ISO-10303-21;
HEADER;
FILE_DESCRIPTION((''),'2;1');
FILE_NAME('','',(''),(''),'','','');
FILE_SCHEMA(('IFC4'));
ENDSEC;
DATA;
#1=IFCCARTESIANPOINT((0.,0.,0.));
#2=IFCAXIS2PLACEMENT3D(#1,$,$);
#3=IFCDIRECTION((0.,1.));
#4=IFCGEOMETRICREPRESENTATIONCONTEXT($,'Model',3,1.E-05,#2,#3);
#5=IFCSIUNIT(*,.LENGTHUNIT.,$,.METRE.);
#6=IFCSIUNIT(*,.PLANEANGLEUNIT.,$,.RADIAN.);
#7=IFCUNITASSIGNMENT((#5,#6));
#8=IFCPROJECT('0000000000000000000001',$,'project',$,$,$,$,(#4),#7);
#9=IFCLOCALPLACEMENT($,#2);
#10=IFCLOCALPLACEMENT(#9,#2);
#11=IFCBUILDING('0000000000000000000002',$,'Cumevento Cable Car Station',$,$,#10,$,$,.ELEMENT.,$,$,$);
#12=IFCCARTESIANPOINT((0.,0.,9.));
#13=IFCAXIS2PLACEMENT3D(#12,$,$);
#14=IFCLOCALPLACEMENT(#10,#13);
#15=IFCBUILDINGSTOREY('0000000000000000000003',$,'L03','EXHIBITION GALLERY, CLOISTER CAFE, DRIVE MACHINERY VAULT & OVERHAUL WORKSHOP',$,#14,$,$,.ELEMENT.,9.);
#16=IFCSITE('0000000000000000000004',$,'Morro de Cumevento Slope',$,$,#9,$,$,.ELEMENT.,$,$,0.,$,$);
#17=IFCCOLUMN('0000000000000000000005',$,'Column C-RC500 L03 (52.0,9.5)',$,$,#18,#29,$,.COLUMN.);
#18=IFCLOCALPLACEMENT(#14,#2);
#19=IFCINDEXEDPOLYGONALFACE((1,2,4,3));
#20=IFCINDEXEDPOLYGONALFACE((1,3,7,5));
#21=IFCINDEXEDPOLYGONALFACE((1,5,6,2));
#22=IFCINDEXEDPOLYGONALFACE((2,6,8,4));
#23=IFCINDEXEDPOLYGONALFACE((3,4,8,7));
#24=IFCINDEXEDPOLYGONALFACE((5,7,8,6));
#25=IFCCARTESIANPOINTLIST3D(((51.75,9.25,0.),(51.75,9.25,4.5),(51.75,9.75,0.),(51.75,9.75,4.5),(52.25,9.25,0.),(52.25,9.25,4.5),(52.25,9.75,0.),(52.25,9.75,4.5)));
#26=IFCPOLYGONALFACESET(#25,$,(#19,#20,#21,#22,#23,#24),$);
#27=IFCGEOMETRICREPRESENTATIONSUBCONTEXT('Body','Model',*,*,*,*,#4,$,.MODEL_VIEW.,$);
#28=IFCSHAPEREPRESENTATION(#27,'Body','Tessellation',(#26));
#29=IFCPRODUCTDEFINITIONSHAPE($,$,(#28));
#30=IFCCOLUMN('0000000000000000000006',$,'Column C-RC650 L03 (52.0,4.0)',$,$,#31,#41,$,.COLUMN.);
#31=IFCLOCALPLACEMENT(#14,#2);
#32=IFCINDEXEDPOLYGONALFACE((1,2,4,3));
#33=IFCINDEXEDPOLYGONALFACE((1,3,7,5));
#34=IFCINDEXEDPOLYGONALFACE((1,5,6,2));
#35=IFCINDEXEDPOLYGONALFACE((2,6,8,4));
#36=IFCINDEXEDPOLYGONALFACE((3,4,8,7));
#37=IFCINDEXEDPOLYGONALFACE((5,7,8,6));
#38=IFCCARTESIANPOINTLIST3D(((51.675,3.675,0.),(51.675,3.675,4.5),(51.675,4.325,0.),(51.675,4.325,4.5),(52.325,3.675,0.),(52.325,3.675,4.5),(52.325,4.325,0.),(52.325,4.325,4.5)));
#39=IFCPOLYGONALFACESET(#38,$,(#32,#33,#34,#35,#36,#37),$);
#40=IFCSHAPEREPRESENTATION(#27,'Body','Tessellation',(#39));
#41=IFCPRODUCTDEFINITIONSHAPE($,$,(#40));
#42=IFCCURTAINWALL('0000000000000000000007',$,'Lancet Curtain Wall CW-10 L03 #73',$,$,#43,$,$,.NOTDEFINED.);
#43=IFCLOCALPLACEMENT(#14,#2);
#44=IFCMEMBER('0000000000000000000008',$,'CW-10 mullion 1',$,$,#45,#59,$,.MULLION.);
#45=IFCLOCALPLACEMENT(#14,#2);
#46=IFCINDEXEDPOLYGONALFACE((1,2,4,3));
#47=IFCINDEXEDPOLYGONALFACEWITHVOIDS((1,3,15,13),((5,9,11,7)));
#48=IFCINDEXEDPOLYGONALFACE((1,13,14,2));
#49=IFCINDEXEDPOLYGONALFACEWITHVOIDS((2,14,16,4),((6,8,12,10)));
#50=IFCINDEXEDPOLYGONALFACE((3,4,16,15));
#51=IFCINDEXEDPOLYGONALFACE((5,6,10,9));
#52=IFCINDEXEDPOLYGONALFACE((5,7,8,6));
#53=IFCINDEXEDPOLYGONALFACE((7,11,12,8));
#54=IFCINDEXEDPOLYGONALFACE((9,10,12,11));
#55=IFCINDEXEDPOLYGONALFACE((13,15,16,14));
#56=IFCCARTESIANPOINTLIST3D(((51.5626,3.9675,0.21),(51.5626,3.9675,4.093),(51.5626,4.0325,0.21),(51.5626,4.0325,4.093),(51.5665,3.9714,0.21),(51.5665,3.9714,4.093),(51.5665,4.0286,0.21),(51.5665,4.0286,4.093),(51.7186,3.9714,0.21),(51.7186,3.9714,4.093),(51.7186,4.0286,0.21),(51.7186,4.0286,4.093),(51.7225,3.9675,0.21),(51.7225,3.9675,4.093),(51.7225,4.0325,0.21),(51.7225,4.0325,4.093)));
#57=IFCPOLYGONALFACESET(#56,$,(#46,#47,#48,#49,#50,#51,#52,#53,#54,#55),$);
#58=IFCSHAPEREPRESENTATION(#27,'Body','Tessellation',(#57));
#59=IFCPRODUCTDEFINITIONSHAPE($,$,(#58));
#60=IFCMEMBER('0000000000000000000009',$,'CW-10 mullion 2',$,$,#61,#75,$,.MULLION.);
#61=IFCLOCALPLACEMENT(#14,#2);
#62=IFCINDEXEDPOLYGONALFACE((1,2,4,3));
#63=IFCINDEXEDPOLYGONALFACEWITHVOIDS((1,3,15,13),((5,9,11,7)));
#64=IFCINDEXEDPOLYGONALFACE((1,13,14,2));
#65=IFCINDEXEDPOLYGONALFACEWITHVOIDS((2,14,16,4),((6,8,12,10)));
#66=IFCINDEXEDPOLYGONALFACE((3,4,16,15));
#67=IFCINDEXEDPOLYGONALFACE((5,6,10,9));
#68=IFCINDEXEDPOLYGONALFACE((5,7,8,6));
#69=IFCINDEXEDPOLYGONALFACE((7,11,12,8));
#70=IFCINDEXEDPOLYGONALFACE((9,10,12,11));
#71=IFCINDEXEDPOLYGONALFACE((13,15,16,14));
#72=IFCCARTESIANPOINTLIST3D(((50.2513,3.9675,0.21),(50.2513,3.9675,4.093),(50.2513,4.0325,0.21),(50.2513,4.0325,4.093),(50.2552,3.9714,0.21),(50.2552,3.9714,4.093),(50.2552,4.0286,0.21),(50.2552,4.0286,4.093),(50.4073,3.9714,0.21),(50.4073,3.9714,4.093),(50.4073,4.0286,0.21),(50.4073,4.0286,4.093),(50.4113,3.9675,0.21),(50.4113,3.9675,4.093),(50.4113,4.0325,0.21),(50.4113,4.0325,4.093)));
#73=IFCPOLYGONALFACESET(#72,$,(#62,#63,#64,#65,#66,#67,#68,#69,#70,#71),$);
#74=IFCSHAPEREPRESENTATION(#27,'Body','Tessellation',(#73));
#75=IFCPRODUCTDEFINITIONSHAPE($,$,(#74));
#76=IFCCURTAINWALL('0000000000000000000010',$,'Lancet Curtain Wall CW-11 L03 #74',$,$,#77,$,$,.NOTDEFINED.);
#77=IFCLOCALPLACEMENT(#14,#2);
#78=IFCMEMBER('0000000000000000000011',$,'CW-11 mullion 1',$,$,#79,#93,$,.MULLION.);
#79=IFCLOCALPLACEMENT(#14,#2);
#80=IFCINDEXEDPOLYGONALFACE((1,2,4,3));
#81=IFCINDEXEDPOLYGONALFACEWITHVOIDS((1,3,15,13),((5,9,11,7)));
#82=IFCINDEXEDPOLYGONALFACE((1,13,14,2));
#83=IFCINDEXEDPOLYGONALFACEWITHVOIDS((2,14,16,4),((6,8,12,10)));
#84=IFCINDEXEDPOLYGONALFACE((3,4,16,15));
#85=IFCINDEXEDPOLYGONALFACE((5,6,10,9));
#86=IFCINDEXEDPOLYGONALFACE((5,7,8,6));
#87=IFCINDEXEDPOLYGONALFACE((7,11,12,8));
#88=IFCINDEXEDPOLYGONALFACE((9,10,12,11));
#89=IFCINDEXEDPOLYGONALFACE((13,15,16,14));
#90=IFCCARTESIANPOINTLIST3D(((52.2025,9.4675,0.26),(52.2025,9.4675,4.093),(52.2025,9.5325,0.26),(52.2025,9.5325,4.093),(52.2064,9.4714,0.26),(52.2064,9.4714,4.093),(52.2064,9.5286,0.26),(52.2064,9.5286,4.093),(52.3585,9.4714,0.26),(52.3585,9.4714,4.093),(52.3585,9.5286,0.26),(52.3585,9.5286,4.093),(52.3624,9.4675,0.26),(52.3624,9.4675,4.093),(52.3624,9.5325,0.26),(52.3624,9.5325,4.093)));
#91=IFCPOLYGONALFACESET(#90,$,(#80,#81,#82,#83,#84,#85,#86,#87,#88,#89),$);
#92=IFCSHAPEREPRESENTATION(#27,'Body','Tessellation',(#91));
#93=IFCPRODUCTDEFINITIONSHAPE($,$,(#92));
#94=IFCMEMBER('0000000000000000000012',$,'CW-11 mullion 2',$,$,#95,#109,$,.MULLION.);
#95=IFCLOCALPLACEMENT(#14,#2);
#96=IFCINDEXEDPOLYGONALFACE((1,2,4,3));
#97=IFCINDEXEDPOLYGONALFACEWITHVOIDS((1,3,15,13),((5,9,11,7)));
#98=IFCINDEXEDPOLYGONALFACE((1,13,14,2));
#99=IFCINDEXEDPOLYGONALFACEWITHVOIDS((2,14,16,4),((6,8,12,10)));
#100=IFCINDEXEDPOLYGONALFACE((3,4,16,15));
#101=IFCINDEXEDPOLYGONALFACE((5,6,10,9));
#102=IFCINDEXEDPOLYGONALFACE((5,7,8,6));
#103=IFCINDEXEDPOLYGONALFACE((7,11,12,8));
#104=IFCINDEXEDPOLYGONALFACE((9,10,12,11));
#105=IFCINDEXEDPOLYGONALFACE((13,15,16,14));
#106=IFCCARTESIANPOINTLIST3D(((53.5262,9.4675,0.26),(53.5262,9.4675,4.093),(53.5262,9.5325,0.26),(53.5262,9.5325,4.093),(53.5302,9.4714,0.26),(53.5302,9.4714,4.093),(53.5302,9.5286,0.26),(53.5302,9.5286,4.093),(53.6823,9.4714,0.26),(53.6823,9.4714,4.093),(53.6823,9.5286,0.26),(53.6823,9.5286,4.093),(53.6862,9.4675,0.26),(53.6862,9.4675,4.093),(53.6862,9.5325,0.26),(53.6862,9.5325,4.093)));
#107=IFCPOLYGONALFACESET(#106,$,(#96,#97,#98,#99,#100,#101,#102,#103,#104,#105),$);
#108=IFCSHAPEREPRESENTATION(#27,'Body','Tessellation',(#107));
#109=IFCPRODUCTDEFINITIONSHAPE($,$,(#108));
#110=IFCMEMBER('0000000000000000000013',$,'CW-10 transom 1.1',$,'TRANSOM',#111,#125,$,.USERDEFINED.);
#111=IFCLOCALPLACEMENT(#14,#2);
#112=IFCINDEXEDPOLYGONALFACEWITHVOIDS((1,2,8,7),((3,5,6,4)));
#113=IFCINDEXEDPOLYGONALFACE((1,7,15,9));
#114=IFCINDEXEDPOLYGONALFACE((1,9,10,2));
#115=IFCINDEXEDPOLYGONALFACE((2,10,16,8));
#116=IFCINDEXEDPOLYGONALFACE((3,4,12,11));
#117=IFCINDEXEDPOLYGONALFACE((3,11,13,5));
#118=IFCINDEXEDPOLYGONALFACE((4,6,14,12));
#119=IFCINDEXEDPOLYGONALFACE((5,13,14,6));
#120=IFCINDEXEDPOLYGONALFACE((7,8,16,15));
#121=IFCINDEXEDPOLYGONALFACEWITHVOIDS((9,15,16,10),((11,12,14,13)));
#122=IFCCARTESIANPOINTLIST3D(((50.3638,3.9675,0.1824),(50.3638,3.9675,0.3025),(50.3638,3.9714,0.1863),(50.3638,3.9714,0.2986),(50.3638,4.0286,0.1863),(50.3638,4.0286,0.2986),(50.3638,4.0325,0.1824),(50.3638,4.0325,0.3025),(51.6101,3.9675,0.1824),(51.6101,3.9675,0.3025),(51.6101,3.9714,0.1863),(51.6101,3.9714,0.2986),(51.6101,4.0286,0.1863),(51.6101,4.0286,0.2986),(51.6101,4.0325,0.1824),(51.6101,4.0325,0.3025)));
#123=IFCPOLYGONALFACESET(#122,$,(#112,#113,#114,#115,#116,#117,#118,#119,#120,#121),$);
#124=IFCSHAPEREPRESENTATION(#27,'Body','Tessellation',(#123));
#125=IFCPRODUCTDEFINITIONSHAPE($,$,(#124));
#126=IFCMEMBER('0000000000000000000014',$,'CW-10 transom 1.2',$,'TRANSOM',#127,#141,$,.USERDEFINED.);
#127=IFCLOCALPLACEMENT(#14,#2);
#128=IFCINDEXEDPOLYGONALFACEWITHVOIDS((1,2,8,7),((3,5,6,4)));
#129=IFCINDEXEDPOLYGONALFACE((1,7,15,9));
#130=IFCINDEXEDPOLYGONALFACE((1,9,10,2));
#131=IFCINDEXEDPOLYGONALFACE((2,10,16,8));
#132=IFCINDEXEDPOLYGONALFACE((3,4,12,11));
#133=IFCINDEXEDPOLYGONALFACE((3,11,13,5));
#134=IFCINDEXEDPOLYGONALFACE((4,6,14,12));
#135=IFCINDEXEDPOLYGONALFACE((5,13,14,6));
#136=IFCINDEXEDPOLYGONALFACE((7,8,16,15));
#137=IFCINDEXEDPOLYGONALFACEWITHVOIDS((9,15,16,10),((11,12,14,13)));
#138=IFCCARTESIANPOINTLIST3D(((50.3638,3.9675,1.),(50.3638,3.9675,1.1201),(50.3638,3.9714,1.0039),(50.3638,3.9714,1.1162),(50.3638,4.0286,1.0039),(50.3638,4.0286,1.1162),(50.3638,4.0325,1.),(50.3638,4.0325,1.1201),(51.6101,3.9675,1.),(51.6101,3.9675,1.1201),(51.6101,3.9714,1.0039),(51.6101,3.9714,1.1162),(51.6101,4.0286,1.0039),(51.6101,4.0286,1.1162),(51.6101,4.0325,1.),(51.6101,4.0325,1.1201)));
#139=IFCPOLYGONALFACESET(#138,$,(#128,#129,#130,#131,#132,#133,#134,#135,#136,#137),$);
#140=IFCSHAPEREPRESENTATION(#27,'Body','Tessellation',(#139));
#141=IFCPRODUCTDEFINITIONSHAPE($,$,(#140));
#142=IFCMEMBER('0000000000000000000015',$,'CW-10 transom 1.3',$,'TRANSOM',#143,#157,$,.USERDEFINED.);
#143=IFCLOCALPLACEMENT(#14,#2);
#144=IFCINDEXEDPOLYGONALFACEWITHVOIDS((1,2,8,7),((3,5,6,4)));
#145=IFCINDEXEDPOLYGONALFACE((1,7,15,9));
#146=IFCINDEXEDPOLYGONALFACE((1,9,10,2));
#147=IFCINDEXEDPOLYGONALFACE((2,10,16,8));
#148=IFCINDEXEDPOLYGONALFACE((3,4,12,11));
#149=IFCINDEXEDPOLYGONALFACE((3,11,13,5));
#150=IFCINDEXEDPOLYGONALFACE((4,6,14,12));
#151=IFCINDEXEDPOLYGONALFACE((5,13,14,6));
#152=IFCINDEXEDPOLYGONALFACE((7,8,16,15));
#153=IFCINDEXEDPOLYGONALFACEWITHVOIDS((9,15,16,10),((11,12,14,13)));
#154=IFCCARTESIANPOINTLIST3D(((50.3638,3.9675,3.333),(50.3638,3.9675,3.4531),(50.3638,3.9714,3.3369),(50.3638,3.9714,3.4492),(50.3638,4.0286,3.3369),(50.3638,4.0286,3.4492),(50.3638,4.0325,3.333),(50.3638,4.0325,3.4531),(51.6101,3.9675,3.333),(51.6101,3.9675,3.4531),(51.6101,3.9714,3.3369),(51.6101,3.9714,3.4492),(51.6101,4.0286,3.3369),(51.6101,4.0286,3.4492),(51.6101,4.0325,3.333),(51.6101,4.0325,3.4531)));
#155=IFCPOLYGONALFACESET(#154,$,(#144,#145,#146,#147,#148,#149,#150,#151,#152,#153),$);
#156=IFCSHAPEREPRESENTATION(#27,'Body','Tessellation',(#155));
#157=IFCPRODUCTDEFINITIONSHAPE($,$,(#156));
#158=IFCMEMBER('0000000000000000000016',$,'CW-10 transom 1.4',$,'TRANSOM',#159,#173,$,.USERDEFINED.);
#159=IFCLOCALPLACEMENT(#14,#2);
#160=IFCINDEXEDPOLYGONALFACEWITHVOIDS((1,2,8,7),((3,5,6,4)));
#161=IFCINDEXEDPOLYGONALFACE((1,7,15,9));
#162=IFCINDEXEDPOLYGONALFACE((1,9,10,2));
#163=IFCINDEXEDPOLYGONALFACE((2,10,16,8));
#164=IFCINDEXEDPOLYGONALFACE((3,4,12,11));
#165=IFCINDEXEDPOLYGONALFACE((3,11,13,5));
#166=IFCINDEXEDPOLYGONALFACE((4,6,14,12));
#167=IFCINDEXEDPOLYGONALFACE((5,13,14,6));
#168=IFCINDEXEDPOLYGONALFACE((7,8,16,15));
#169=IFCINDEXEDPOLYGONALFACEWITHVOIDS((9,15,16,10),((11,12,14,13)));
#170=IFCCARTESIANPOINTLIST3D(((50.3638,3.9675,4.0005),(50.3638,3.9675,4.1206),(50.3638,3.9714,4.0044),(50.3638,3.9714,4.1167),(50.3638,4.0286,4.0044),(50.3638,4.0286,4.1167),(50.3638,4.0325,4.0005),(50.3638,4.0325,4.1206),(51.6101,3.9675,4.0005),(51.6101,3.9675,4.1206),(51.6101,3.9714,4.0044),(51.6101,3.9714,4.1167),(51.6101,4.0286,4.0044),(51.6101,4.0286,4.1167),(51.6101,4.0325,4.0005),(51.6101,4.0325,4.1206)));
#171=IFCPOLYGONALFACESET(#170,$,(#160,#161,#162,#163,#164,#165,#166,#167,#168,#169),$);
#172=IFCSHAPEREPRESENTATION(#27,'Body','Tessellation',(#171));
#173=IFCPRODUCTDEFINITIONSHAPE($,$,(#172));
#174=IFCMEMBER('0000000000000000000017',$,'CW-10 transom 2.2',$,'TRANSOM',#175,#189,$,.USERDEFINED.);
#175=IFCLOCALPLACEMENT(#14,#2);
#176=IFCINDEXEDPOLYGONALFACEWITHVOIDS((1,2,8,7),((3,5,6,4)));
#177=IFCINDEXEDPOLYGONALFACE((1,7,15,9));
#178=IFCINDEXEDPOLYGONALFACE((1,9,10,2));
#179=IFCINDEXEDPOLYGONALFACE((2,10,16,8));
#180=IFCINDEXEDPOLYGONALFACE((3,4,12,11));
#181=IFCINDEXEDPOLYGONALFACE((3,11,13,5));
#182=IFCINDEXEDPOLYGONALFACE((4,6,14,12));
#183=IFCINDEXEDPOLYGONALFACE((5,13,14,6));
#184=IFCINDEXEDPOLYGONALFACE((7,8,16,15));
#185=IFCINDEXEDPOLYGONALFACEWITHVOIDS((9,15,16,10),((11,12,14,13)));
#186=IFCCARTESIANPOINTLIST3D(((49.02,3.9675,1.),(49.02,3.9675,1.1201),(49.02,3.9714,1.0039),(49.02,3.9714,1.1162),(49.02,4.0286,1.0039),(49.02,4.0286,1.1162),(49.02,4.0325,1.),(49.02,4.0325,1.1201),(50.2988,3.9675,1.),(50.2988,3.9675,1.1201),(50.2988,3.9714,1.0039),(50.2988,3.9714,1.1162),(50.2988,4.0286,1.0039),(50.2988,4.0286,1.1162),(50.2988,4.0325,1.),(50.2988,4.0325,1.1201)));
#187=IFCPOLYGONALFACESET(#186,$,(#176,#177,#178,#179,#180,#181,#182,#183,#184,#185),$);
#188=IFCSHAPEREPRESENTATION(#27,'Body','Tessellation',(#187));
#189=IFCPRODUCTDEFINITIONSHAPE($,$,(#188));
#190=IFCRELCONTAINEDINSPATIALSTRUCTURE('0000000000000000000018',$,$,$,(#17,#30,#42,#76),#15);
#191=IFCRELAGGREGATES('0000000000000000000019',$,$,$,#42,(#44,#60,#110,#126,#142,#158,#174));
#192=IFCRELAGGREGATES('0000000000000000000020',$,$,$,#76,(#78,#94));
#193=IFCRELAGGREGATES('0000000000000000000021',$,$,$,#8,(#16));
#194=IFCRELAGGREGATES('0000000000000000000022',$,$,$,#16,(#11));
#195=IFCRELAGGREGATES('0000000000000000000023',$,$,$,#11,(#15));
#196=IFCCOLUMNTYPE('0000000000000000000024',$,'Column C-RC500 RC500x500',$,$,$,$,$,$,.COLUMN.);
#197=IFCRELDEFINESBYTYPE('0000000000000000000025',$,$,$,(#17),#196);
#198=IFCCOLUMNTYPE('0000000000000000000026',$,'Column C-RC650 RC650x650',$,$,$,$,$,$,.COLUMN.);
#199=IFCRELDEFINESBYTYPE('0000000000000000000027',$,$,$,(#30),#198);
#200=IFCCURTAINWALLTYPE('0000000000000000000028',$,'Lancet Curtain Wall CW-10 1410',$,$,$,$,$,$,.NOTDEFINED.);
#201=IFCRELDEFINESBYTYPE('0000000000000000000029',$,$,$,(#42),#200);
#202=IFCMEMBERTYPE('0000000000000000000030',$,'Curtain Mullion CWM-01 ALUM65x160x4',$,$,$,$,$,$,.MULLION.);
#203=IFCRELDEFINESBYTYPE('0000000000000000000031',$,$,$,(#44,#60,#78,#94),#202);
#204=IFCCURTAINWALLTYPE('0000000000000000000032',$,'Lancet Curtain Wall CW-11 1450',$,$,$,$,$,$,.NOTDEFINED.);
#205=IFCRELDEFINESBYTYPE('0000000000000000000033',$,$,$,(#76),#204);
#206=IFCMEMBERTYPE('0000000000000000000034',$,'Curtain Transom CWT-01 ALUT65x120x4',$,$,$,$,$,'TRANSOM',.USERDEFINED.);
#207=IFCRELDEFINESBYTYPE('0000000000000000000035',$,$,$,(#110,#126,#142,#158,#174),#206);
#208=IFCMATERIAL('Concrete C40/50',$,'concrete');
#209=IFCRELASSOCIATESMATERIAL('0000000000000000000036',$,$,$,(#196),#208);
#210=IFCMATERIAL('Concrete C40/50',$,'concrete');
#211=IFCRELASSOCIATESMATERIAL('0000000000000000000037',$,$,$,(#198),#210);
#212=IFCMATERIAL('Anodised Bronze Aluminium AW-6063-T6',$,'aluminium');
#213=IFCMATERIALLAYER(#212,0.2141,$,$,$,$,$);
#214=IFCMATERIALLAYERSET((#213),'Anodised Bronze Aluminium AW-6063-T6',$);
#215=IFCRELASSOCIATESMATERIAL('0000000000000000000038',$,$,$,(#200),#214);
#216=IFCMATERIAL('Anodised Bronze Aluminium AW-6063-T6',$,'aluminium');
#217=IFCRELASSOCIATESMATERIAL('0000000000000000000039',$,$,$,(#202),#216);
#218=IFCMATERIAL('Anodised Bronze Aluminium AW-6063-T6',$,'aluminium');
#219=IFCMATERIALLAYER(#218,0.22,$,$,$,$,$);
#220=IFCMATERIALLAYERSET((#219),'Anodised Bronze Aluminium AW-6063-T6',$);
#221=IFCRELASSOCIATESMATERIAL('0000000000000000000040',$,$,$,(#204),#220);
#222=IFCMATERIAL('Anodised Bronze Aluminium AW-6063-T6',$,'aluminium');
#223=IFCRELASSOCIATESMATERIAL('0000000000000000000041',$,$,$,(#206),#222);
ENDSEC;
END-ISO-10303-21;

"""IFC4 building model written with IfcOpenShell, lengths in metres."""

from ifc_helpers import new_model, si_unit, direction, frame, origin, origin_2d, place, context, subcontext, project, spatial, rectangle, hollow_rectangle, extrude, material, layer, layer_set, material_profile, profile_set, type_object, element, aggregate, save


model = new_model("IFC4")

# Units and contexts
model_context = context("Model", 3, precision=1e-05, world=origin(), true_north=direction((0.0, 1.0)))
body_context = subcontext(model_context, "Body", "Model", "MODEL_VIEW")
ifc_project = project(units=[si_unit("LENGTHUNIT", "METRE"), si_unit("PLANEANGLEUNIT", "RADIAN")], contexts=[model_context])

# Site, building, storey
site_placement = place(None, origin())
site = spatial("IfcSite", under=ifc_project, at=site_placement, Name="Morro de Cumevento Slope", CompositionType="ELEMENT", RefElevation=0.0)
building_placement = place(site_placement, origin())
building = spatial("IfcBuilding", under=site, at=building_placement, Name="Cumevento Cable Car Station", CompositionType="ELEMENT")
storey_placement = place(building_placement, frame((0.0, 0.0, 9.0)))
storey = spatial("IfcBuildingStorey", under=building, at=storey_placement, Name="L03", Description="EXHIBITION GALLERY, CLOISTER CAFE, DRIVE MACHINERY VAULT & OVERHAUL WORKSHOP", CompositionType="ELEMENT", Elevation=9.0)

# Columns
ifc_material_1 = material(Name="Concrete C40/50", Category="concrete")
ifc_material_profile_1 = material_profile(ifc_material_1, rectangle(XDim=0.5, YDim=0.5, at=origin_2d()), Name="RC500x500")
ifc_profile_set_1 = profile_set([ifc_material_profile_1], Name="Concrete C40/50")
column_type_1 = type_object("IfcColumnType", Name="Column C-RC500 RC500x500", PredefinedType="COLUMN", material=ifc_profile_set_1)
column_1_placement = place(storey_placement, frame((52.0, 9.5, 0.0), z_axis=(0.0, 0.0, 1.0), x_axis=(1.0, 0.0, 0.0)))
element("IfcColumn", 1, at=column_1_placement, inside=storey, type_object=column_type_1, Name="Column C-RC500 L03 (52.0,9.5)", PredefinedType="COLUMN", context=body_context, shape_type="SweptSolid", body=[
    extrude(rectangle(XDim=0.5, YDim=0.5, at=origin_2d()), origin(), (0.0, 0.0, 1.0), 4.5),
])
ifc_material_2 = material(Name="Concrete C40/50", Category="concrete")
ifc_material_profile_2 = material_profile(ifc_material_2, rectangle(XDim=0.6499, YDim=0.6499, at=origin_2d()), Name="RC650x650")
ifc_profile_set_2 = profile_set([ifc_material_profile_2], Name="Concrete C40/50")
column_type_2 = type_object("IfcColumnType", Name="Column C-RC650 RC650x650", PredefinedType="COLUMN", material=ifc_profile_set_2)
column_2_placement = place(storey_placement, frame((52.0, 4.0, 0.0), z_axis=(0.0, 0.0, 1.0), x_axis=(1.0, 0.0, 0.0)))
element("IfcColumn", 2, at=column_2_placement, inside=storey, type_object=column_type_2, Name="Column C-RC650 L03 (52.0,4.0)", PredefinedType="COLUMN", context=body_context, shape_type="SweptSolid", body=[
    extrude(rectangle(XDim=0.6499, YDim=0.6499, at=origin_2d()), origin(), (0.0, 0.0, 1.0), 4.5),
])

# Curtain walls, members
ifc_material_3 = material(Name="Anodised Bronze Aluminium AW-6063-T6", Category="aluminium")
ifc_layer_1 = layer(ifc_material_3, 0.2141)
ifc_layer_set_1 = layer_set([ifc_layer_1], Name="Anodised Bronze Aluminium AW-6063-T6")
curtain_wall_type_1 = type_object("IfcCurtainWallType", Name="Lancet Curtain Wall CW-10 1410", PredefinedType="NOTDEFINED", material=ifc_layer_set_1)
curtain_wall_1_placement = place(storey_placement, origin())
curtain_wall_1 = element("IfcCurtainWall", 3, at=curtain_wall_1_placement, inside=storey, type_object=curtain_wall_type_1, Name="Lancet Curtain Wall CW-10 L03 #73", PredefinedType="NOTDEFINED")
ifc_material_4 = material(Name="Anodised Bronze Aluminium AW-6063-T6", Category="aluminium")
ifc_material_profile_3 = material_profile(ifc_material_4, hollow_rectangle(XDim=0.0649, YDim=0.1599, WallThickness=0.0039, at=origin_2d()), Name="ALUM65x160x4")
ifc_profile_set_3 = profile_set([ifc_material_profile_3], Name="Anodised Bronze Aluminium AW-6063-T6")
member_type_1 = type_object("IfcMemberType", Name="Curtain Mullion CWM-01 ALUM65x160x4", PredefinedType="MULLION", material=ifc_profile_set_3)
member_1_placement = place(storey_placement, frame((51.6426, 4.0, 0.21), z_axis=(0.0, 0.0, 1.0), x_axis=(0.0, -1.0, 0.0)))
member_1 = element("IfcMember", 4, at=member_1_placement, type_object=member_type_1, Name="CW-10 mullion 1", PredefinedType="MULLION", context=body_context, shape_type="SweptSolid", body=[
    extrude(hollow_rectangle(XDim=0.0649, YDim=0.1599, WallThickness=0.0039, at=origin_2d()), origin(), (0.0, 0.0, 1.0), 3.8831),
])
member_2_placement = place(storey_placement, frame((50.3313, 4.0, 0.21), z_axis=(0.0, 0.0, 1.0), x_axis=(0.0, -1.0, 0.0)))
member_2 = element("IfcMember", 5, at=member_2_placement, type_object=member_type_1, Name="CW-10 mullion 2", PredefinedType="MULLION", context=body_context, shape_type="SweptSolid", body=[
    extrude(hollow_rectangle(XDim=0.0649, YDim=0.1599, WallThickness=0.0039, at=origin_2d()), origin(), (0.0, 0.0, 1.0), 3.8831),
])
ifc_material_5 = material(Name="Anodised Bronze Aluminium AW-6063-T6", Category="aluminium")
ifc_layer_2 = layer(ifc_material_5, 0.22)
ifc_layer_set_2 = layer_set([ifc_layer_2], Name="Anodised Bronze Aluminium AW-6063-T6")
curtain_wall_type_2 = type_object("IfcCurtainWallType", Name="Lancet Curtain Wall CW-11 1450", PredefinedType="NOTDEFINED", material=ifc_layer_set_2)
curtain_wall_2_placement = place(storey_placement, origin())
curtain_wall_2 = element("IfcCurtainWall", 6, at=curtain_wall_2_placement, inside=storey, type_object=curtain_wall_type_2, Name="Lancet Curtain Wall CW-11 L03 #74", PredefinedType="NOTDEFINED")
member_3_placement = place(storey_placement, frame((52.2825, 9.5, 0.26), z_axis=(0.0, 0.0, 1.0), x_axis=(0.0, 1.0, 0.0)))
member_3 = element("IfcMember", 7, at=member_3_placement, type_object=member_type_1, Name="CW-11 mullion 1", PredefinedType="MULLION", context=body_context, shape_type="SweptSolid", body=[
    extrude(hollow_rectangle(XDim=0.0649, YDim=0.1599, WallThickness=0.0039, at=origin_2d()), origin(), (0.0, 0.0, 1.0), 3.833),
])
member_4_placement = place(storey_placement, frame((53.6062, 9.5, 0.26), z_axis=(0.0, 0.0, 1.0), x_axis=(0.0, 1.0, 0.0)))
member_4 = element("IfcMember", 8, at=member_4_placement, type_object=member_type_1, Name="CW-11 mullion 2", PredefinedType="MULLION", context=body_context, shape_type="SweptSolid", body=[
    extrude(hollow_rectangle(XDim=0.0649, YDim=0.1599, WallThickness=0.0039, at=origin_2d()), origin(), (0.0, 0.0, 1.0), 3.833),
])

# Members
ifc_material_6 = material(Name="Anodised Bronze Aluminium AW-6063-T6", Category="aluminium")
ifc_material_profile_4 = material_profile(ifc_material_6, hollow_rectangle(XDim=0.0649, YDim=0.1201, WallThickness=0.0039, at=origin_2d()), Name="ALUT65x120x4")
ifc_profile_set_4 = profile_set([ifc_material_profile_4], Name="Anodised Bronze Aluminium AW-6063-T6")
member_type_2 = type_object("IfcMemberType", Name="Curtain Transom CWT-01 ALUT65x120x4", ElementType="TRANSOM", PredefinedType="USERDEFINED", material=ifc_profile_set_4)
member_5_placement = place(storey_placement, frame((51.6101, 4.0, 0.2424), z_axis=(-1.0, 0.0, 0.0), x_axis=(0.0, -1.0, 0.0)))
member_5 = element("IfcMember", 9, at=member_5_placement, type_object=member_type_2, Name="CW-10 transom 1.1", ObjectType="TRANSOM", PredefinedType="USERDEFINED", context=body_context, shape_type="SweptSolid", body=[
    extrude(hollow_rectangle(XDim=0.0649, YDim=0.1201, WallThickness=0.0039, at=origin_2d()), origin(), (0.0, 0.0, 1.0), 1.2463),
])
member_6_placement = place(storey_placement, frame((51.6101, 4.0, 1.0601), z_axis=(-1.0, 0.0, 0.0), x_axis=(0.0, -1.0, 0.0)))
member_6 = element("IfcMember", 10, at=member_6_placement, type_object=member_type_2, Name="CW-10 transom 1.2", ObjectType="TRANSOM", PredefinedType="USERDEFINED", context=body_context, shape_type="SweptSolid", body=[
    extrude(hollow_rectangle(XDim=0.0649, YDim=0.1201, WallThickness=0.0039, at=origin_2d()), origin(), (0.0, 0.0, 1.0), 1.2463),
])
member_7_placement = place(storey_placement, frame((51.6101, 4.0, 3.3931), z_axis=(-1.0, 0.0, 0.0), x_axis=(0.0, -1.0, 0.0)))
member_7 = element("IfcMember", 11, at=member_7_placement, type_object=member_type_2, Name="CW-10 transom 1.3", ObjectType="TRANSOM", PredefinedType="USERDEFINED", context=body_context, shape_type="SweptSolid", body=[
    extrude(hollow_rectangle(XDim=0.0649, YDim=0.1201, WallThickness=0.0039, at=origin_2d()), origin(), (0.0, 0.0, 1.0), 1.2463),
])
member_8_placement = place(storey_placement, frame((51.6101, 4.0, 4.0605), z_axis=(-1.0, 0.0, 0.0), x_axis=(0.0, -1.0, 0.0)))
member_8 = element("IfcMember", 12, at=member_8_placement, type_object=member_type_2, Name="CW-10 transom 1.4", ObjectType="TRANSOM", PredefinedType="USERDEFINED", context=body_context, shape_type="SweptSolid", body=[
    extrude(hollow_rectangle(XDim=0.0649, YDim=0.1201, WallThickness=0.0039, at=origin_2d()), origin(), (0.0, 0.0, 1.0), 1.2463),
])
member_9_placement = place(storey_placement, frame((50.2988, 4.0, 1.0601), z_axis=(-1.0, 0.0, 0.0), x_axis=(0.0, -1.0, 0.0)))
member_9 = element("IfcMember", 13, at=member_9_placement, type_object=member_type_2, Name="CW-10 transom 2.2", ObjectType="TRANSOM", PredefinedType="USERDEFINED", context=body_context, shape_type="SweptSolid", body=[
    extrude(hollow_rectangle(XDim=0.0649, YDim=0.1201, WallThickness=0.0039, at=origin_2d()), origin(), (0.0, 0.0, 1.0), 1.2788),
])

aggregate(curtain_wall_1, [member_1, member_2, member_5, member_6, member_7, member_8, member_9])
aggregate(curtain_wall_2, [member_3, member_4])

save(model, "model.ifc")
